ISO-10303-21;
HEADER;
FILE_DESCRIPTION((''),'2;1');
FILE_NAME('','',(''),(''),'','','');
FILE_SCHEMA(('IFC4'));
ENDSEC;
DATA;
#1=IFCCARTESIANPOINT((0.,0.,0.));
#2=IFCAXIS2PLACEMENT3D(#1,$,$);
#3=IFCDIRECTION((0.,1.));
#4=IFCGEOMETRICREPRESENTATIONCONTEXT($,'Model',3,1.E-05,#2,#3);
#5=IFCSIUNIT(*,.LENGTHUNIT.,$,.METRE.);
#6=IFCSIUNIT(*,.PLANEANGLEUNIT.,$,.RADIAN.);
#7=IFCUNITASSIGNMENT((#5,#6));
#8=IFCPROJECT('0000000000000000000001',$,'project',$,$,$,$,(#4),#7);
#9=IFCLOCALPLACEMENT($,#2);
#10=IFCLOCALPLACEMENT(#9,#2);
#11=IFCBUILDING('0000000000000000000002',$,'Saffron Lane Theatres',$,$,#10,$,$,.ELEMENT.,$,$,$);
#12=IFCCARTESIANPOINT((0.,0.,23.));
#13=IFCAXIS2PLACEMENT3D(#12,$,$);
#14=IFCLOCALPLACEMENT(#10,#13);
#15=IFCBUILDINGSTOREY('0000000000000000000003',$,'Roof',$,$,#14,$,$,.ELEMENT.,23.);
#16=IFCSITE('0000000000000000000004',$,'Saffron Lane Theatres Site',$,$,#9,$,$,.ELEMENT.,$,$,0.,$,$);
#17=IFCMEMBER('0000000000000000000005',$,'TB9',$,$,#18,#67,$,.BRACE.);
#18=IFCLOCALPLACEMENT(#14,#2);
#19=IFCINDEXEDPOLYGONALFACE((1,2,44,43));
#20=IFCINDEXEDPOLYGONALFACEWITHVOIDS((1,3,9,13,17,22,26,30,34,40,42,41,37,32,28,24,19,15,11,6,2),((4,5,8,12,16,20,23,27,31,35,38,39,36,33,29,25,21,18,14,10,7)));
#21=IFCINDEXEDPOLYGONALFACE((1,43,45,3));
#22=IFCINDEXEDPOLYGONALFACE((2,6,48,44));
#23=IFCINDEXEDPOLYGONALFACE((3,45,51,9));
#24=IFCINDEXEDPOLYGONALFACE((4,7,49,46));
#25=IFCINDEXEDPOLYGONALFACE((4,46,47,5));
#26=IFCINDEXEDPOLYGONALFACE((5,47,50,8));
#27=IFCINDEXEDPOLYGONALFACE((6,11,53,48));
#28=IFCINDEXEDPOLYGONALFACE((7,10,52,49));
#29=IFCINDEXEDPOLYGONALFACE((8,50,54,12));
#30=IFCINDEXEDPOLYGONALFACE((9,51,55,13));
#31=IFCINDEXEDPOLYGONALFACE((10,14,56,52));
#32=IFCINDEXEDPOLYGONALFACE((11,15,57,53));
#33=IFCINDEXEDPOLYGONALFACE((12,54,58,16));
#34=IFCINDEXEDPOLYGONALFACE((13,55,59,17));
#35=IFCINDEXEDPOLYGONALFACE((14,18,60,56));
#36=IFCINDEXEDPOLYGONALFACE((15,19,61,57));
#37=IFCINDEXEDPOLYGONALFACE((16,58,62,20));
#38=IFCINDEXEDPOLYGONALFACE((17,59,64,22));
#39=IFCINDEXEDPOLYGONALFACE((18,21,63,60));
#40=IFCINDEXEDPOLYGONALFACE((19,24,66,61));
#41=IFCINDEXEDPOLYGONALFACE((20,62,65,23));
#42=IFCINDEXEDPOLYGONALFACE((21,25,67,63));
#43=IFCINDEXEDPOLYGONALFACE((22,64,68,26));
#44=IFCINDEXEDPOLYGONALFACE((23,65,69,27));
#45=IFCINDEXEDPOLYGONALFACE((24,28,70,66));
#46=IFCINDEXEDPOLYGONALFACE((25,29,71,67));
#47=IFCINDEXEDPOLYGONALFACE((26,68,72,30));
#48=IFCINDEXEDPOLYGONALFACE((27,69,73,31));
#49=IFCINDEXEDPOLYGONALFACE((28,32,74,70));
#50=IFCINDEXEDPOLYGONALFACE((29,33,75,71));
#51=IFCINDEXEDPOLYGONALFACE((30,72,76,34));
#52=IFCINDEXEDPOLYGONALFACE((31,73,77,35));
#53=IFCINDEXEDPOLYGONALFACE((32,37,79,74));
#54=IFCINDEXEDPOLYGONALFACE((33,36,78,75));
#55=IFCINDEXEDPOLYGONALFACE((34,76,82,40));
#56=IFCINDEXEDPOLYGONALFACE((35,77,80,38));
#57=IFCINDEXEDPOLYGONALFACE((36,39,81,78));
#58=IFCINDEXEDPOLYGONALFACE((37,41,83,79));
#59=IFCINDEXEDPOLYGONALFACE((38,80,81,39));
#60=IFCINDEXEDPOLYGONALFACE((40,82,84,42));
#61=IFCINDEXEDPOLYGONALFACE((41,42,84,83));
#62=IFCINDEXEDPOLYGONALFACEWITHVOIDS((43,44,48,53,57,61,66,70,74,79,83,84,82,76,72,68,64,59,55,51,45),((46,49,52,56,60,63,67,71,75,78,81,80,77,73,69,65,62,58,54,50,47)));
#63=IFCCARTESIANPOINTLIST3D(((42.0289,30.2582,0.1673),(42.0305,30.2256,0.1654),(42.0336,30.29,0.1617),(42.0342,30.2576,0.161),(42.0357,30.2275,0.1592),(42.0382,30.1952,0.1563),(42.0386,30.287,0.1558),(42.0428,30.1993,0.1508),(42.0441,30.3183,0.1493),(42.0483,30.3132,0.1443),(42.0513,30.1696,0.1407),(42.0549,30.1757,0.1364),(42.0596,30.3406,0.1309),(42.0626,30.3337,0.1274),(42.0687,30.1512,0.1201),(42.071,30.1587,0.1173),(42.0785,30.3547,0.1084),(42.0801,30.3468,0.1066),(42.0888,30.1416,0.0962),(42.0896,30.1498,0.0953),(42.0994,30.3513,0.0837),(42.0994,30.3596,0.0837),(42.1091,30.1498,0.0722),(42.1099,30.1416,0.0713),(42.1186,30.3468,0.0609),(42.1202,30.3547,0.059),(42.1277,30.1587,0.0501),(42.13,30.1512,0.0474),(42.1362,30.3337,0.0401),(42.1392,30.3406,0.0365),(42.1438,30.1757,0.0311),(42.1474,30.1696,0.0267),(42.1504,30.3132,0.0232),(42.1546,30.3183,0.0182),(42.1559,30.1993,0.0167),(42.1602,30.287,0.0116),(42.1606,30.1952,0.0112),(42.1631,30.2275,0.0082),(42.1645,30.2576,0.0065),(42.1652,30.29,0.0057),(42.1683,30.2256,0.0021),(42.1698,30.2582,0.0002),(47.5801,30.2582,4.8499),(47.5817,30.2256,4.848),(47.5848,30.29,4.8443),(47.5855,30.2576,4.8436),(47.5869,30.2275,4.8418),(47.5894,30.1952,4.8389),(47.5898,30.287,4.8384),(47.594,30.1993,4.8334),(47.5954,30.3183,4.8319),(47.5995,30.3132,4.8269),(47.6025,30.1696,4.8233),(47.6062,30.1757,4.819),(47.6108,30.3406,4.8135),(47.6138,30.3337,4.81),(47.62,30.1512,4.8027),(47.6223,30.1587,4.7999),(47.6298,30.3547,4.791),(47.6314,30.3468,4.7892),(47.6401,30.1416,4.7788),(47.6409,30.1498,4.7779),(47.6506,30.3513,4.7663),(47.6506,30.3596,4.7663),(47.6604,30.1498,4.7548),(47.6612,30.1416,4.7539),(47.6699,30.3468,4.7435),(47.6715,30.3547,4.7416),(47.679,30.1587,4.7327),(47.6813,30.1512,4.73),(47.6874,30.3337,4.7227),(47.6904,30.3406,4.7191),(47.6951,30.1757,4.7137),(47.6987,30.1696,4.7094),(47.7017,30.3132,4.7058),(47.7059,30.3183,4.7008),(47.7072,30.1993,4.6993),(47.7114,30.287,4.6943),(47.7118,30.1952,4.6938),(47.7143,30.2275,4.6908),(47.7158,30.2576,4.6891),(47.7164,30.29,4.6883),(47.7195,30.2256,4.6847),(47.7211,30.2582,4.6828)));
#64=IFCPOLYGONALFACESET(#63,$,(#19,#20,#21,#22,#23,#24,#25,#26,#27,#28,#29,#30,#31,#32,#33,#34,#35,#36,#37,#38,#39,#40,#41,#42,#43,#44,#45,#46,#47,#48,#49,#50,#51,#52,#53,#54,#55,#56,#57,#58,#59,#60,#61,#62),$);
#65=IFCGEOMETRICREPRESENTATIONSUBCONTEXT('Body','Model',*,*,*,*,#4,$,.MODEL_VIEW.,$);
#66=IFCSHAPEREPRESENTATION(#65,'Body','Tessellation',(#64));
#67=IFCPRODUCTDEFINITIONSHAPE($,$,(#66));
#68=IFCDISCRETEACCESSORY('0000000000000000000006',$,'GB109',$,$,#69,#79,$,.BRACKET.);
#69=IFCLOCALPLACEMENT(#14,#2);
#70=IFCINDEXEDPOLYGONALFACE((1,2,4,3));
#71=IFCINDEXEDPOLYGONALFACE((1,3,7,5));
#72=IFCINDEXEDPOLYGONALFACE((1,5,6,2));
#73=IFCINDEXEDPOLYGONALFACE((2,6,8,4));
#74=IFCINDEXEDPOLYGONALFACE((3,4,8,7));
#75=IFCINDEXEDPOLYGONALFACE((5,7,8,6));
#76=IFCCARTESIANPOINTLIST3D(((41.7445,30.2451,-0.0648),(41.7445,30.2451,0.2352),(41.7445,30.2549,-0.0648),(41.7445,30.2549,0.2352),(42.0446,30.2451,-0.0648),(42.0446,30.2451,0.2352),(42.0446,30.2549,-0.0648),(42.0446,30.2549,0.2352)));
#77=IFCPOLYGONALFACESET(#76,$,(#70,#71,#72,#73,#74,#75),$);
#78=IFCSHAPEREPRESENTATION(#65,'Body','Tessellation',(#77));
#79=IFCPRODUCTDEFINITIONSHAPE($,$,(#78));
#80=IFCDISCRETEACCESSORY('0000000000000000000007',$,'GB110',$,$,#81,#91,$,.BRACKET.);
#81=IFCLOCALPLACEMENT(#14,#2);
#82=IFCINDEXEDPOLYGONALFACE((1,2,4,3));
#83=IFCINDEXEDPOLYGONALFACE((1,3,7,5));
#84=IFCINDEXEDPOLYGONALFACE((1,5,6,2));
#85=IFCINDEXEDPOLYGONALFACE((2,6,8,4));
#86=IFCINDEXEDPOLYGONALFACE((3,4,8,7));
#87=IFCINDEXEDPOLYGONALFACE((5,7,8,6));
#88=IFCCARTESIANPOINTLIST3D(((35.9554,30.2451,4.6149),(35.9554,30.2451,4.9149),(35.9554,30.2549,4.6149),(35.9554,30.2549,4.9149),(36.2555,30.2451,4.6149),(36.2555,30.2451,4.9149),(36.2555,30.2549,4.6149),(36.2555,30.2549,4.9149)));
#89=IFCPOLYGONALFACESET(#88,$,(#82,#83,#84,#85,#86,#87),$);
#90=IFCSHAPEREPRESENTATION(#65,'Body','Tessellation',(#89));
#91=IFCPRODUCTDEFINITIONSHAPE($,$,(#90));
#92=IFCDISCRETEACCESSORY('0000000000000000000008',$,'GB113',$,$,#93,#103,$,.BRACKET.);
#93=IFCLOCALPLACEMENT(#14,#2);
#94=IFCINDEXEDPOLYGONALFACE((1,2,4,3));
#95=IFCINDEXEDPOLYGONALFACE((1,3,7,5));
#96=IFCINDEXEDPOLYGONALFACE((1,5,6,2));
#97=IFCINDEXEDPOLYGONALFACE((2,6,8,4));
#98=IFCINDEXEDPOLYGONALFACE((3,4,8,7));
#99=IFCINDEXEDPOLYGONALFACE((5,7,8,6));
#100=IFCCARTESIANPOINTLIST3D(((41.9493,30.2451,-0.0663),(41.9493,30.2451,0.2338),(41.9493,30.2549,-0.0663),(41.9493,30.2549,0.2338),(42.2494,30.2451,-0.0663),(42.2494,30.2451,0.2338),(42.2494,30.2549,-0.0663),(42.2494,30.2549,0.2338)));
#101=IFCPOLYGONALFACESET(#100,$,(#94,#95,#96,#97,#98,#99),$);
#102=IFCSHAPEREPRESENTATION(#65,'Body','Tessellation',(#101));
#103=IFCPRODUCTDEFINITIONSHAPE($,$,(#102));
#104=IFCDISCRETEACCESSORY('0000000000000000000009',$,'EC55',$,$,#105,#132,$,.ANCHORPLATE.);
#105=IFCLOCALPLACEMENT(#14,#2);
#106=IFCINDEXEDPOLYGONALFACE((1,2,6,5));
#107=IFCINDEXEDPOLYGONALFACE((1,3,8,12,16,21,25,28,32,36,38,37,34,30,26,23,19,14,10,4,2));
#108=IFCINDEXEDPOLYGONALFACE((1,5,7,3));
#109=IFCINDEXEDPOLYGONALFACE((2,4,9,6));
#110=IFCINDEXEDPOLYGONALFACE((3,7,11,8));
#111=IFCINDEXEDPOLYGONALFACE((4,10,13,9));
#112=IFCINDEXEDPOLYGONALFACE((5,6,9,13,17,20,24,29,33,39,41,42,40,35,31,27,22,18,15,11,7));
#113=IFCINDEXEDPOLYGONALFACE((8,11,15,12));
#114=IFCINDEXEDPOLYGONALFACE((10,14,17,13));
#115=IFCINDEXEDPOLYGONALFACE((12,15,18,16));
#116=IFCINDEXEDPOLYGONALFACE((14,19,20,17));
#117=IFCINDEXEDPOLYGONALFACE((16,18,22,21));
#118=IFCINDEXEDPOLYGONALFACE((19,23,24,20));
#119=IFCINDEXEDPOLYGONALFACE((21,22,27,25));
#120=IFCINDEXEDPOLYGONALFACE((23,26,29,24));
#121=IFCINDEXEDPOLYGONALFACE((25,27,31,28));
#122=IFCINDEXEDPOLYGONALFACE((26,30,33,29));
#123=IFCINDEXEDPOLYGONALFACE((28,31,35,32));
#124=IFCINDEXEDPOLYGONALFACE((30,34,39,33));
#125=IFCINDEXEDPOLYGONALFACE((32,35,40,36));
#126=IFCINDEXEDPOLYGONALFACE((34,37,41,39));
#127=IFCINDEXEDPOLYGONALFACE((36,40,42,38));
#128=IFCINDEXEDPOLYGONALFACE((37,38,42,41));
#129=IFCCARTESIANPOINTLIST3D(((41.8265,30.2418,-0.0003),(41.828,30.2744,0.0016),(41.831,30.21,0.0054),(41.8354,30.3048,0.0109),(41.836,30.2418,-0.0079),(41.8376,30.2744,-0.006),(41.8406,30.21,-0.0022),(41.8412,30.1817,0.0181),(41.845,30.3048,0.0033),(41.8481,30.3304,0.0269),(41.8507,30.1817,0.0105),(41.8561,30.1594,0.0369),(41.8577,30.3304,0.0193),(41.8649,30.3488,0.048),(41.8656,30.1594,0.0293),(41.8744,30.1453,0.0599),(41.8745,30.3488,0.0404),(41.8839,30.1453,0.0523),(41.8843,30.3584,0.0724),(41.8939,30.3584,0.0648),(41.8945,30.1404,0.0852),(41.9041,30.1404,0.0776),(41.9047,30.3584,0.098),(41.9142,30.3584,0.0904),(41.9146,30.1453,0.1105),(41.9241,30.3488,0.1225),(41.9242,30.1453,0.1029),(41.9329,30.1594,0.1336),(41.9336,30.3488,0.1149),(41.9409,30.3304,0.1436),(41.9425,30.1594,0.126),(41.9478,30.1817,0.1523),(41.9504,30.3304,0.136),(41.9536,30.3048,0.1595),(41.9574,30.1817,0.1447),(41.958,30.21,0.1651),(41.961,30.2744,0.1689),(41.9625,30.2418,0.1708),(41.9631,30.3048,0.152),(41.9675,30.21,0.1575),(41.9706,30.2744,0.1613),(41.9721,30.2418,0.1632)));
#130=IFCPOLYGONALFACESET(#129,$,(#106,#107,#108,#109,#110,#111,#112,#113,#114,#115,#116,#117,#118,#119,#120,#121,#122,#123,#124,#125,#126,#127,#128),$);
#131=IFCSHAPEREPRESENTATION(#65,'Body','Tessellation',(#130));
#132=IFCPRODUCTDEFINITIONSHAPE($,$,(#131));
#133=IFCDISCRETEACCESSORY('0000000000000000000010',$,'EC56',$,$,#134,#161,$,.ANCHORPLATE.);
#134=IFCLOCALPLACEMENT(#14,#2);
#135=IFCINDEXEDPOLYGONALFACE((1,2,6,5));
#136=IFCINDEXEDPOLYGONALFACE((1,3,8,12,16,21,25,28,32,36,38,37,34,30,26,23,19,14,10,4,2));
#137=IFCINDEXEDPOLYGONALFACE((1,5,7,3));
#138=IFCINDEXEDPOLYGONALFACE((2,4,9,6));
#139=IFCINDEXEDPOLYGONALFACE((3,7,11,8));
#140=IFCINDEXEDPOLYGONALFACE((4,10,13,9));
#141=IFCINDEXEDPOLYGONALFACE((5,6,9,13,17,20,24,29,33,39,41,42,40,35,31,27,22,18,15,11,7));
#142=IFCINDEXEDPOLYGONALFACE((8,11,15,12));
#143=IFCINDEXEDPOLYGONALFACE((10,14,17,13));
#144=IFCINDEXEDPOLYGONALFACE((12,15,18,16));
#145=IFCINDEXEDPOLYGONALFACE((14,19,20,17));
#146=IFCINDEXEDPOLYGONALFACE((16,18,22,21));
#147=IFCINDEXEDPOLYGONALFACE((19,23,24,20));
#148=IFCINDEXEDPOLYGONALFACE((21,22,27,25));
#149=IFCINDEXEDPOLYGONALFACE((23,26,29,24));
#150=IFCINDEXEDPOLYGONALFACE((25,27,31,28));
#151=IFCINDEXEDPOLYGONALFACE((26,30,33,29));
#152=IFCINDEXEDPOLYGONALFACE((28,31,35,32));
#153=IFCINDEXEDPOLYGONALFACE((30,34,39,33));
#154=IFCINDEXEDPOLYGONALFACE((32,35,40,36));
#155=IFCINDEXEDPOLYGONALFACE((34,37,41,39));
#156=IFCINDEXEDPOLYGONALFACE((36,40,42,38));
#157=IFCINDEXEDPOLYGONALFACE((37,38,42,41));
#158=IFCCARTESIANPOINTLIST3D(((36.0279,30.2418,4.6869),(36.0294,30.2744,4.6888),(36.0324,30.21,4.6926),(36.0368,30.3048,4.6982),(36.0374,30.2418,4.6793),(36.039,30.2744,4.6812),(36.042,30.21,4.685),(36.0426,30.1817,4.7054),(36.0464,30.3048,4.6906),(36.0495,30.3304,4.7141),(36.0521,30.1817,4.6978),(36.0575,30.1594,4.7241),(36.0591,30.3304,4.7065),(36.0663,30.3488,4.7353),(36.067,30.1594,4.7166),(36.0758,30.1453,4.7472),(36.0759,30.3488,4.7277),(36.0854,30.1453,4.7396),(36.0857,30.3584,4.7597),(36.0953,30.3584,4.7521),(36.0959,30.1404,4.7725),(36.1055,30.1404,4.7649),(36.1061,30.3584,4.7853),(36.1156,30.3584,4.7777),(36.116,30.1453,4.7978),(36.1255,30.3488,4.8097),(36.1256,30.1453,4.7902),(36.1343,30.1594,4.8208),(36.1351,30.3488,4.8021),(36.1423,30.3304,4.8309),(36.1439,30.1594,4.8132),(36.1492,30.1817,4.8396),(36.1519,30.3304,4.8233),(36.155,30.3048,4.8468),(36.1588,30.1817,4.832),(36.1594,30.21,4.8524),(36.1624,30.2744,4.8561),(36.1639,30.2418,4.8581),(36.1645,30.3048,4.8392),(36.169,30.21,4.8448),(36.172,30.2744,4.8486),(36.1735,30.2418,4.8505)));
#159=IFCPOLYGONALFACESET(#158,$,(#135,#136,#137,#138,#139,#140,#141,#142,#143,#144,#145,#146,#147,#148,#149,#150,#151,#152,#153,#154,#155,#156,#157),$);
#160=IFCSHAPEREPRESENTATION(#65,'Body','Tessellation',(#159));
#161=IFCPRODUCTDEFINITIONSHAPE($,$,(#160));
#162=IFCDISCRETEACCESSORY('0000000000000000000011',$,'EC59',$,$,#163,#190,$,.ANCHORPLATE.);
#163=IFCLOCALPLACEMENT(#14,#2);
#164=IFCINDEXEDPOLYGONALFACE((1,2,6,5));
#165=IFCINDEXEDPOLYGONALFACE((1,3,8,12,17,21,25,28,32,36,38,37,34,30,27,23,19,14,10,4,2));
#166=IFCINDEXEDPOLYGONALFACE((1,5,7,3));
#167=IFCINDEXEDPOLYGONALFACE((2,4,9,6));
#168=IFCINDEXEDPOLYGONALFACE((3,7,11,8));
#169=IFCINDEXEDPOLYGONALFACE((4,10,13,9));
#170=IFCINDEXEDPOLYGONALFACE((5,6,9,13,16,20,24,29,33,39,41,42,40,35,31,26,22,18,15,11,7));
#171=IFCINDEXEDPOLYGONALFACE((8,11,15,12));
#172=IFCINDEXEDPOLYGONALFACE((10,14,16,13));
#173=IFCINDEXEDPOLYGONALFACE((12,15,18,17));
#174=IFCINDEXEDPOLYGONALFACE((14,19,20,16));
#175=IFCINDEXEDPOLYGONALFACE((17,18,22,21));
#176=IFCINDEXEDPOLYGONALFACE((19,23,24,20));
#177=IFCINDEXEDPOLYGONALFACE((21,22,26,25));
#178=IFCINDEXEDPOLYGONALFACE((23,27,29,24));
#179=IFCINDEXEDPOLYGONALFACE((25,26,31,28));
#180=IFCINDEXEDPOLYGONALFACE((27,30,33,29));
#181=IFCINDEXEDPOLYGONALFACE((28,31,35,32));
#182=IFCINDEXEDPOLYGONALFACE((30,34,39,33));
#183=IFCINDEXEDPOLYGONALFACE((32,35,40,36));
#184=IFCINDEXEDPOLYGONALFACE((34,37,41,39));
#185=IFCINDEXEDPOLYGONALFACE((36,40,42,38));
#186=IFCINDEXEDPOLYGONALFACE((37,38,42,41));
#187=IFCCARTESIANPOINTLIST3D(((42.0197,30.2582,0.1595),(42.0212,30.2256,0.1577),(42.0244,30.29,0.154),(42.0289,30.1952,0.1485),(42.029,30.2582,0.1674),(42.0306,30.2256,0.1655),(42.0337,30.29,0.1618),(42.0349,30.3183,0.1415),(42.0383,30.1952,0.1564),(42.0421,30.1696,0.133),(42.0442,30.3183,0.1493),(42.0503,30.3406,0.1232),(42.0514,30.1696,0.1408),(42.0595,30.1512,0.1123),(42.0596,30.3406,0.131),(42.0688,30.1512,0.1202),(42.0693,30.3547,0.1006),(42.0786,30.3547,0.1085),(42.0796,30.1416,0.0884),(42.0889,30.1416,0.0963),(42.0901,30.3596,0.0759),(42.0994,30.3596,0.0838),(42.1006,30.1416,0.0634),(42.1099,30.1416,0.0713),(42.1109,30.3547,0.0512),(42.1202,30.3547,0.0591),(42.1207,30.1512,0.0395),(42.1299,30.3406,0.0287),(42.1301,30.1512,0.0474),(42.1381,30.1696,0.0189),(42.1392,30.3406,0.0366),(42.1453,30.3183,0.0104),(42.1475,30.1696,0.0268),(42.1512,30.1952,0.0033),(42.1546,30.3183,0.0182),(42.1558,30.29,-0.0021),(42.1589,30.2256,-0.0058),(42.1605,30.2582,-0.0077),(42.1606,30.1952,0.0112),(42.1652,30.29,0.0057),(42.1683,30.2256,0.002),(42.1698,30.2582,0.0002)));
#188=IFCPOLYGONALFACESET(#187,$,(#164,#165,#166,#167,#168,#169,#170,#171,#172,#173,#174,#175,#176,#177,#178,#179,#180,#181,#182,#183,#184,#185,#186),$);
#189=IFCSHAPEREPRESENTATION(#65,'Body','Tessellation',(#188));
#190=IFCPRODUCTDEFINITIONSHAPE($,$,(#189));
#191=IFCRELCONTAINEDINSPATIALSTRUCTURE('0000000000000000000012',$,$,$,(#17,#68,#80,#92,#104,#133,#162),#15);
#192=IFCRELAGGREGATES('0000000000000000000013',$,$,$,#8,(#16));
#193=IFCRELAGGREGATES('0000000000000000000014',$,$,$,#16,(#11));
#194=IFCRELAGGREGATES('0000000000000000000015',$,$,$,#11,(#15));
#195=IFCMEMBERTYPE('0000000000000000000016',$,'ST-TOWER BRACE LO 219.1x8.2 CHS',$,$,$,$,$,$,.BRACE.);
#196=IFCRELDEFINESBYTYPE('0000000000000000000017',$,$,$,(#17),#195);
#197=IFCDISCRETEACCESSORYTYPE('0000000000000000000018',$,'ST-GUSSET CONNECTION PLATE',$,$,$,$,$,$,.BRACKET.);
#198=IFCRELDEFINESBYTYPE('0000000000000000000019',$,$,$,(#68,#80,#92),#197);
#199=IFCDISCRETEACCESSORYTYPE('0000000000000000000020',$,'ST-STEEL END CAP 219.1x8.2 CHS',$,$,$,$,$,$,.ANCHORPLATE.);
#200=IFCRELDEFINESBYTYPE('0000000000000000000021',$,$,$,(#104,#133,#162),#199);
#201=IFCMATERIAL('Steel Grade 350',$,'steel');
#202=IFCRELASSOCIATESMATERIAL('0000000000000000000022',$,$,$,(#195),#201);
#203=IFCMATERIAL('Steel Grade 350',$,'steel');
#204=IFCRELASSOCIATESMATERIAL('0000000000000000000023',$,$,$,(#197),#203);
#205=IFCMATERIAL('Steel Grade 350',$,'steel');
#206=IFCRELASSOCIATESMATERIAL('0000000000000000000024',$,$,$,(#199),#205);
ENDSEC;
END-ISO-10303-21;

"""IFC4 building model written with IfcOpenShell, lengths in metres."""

from ifc_helpers import new_model, si_unit, direction, frame, origin, origin_2d, place, context, subcontext, project, spatial, rectangle, circle, hollow_circle, extrude, material, material_profile, profile_set, type_object, element, save


model = new_model("IFC4")

# Units and contexts
model_context = context("Model", 3, precision=1e-05, world=origin(), true_north=direction((0.0, 1.0)))
body_context = subcontext(model_context, "Body", "Model", "MODEL_VIEW")
ifc_project = project(units=[si_unit("LENGTHUNIT", "METRE"), si_unit("PLANEANGLEUNIT", "RADIAN")], contexts=[model_context])

# Site, building, storey
site_placement = place(None, origin())
site = spatial("IfcSite", under=ifc_project, at=site_placement, Name="Saffron Lane Theatres Site", CompositionType="ELEMENT", RefElevation=0.0)
building_placement = place(site_placement, origin())
building = spatial("IfcBuilding", under=site, at=building_placement, Name="Saffron Lane Theatres", CompositionType="ELEMENT")
storey_placement = place(building_placement, frame((0.0, 0.0, 23.0)))
storey = spatial("IfcBuildingStorey", under=building, at=storey_placement, Name="Roof", CompositionType="ELEMENT", Elevation=23.0)

# Member
ifc_material_1 = material(Name="Steel Grade 350", Category="steel")
ifc_material_profile_1 = material_profile(ifc_material_1, hollow_circle(Radius=0.1096, WallThickness=0.0083, at=origin_2d()))
ifc_profile_set_1 = profile_set([ifc_material_profile_1], Name="Steel Grade 350")
member_type = type_object("IfcMemberType", Name="ST-TOWER BRACE LO 219.1x8.2 CHS", PredefinedType="BRACE", material=ifc_profile_set_1)
member_1_placement = place(storey_placement, frame((42.0994, 30.25, 0.0837), z_axis=(0.764377, 0.0, 0.644769), x_axis=(0.0, 1.0, 0.0)))
element("IfcMember", 1, at=member_1_placement, inside=storey, type_object=member_type, Name="TB9", PredefinedType="BRACE", context=body_context, shape_type="SweptSolid", body=[
    extrude(hollow_circle(Radius=0.1096, WallThickness=0.0083, at=origin_2d()), origin(), (0.0, 0.0, 1.0), 7.2625),
])

# Discrete accessories
ifc_material_2 = material(Name="Steel Grade 350", Category="steel")
ifc_material_profile_2 = material_profile(ifc_material_2, rectangle(XDim=0.3, YDim=0.3, at=origin_2d()))
ifc_profile_set_2 = profile_set([ifc_material_profile_2], Name="Steel Grade 350")
discrete_accessory_type_1 = type_object("IfcDiscreteAccessoryType", Name="ST-GUSSET CONNECTION PLATE", PredefinedType="BRACKET", material=ifc_profile_set_2)
for number, where, z_axis, x_axis, name in (
    (2, (41.8945, 30.2451, 0.0852), (0.0, 1.0, 0.0), (-1.0, 0.0, 0.0), "GB109"),
    (3, (36.1055, 30.2451, 4.7649), (0.0, 1.0, 0.0), (-1.0, 0.0, 0.0), "GB110"),
    (4, (42.0994, 30.2451, 0.0837), (0.0, 1.0, 0.0), (-1.0, 0.0, 0.0), "GB113"),
):
    element("IfcDiscreteAccessory", number, at=place(storey_placement, frame(where, z_axis=z_axis, x_axis=x_axis)), inside=storey, type_object=discrete_accessory_type_1, Name=name, PredefinedType="BRACKET", context=body_context, shape_type="SweptSolid", body=[
        extrude(rectangle(XDim=0.3, YDim=0.3, at=origin_2d()), origin(), (0.0, 0.0, 1.0), 0.0098),
    ])
ifc_material_3 = material(Name="Steel Grade 350", Category="steel")
ifc_material_profile_3 = material_profile(ifc_material_3, circle(Radius=0.1096, at=origin_2d()))
ifc_profile_set_3 = profile_set([ifc_material_profile_3], Name="Steel Grade 350")
discrete_accessory_type_2 = type_object("IfcDiscreteAccessoryType", Name="ST-STEEL END CAP 219.1x8.2 CHS", PredefinedType="ANCHORPLATE", material=ifc_profile_set_3)
for number, where, z_axis, x_axis, name in (
    (5, (41.9041, 30.25, 0.0776), (-0.782823, 0.0, 0.622244), (0.0, -1.0, 0.0), "EC55"),
    (6, (36.1055, 30.25, 4.7649), (-0.782823, 0.0, 0.622244), (0.0, -1.0, 0.0), "EC56"),
    (7, (42.0901, 30.25, 0.0759), (0.764911, 0.0, 0.644136), (0.0, 1.0, 0.0), "EC59"),
):
    element("IfcDiscreteAccessory", number, at=place(storey_placement, frame(where, z_axis=z_axis, x_axis=x_axis)), inside=storey, type_object=discrete_accessory_type_2, Name=name, PredefinedType="ANCHORPLATE", context=body_context, shape_type="SweptSolid", body=[
        extrude(circle(Radius=0.1096, at=origin_2d()), origin(), (0.0, 0.0, 1.0), 0.0122),
    ])

save(model, "model.ifc")
